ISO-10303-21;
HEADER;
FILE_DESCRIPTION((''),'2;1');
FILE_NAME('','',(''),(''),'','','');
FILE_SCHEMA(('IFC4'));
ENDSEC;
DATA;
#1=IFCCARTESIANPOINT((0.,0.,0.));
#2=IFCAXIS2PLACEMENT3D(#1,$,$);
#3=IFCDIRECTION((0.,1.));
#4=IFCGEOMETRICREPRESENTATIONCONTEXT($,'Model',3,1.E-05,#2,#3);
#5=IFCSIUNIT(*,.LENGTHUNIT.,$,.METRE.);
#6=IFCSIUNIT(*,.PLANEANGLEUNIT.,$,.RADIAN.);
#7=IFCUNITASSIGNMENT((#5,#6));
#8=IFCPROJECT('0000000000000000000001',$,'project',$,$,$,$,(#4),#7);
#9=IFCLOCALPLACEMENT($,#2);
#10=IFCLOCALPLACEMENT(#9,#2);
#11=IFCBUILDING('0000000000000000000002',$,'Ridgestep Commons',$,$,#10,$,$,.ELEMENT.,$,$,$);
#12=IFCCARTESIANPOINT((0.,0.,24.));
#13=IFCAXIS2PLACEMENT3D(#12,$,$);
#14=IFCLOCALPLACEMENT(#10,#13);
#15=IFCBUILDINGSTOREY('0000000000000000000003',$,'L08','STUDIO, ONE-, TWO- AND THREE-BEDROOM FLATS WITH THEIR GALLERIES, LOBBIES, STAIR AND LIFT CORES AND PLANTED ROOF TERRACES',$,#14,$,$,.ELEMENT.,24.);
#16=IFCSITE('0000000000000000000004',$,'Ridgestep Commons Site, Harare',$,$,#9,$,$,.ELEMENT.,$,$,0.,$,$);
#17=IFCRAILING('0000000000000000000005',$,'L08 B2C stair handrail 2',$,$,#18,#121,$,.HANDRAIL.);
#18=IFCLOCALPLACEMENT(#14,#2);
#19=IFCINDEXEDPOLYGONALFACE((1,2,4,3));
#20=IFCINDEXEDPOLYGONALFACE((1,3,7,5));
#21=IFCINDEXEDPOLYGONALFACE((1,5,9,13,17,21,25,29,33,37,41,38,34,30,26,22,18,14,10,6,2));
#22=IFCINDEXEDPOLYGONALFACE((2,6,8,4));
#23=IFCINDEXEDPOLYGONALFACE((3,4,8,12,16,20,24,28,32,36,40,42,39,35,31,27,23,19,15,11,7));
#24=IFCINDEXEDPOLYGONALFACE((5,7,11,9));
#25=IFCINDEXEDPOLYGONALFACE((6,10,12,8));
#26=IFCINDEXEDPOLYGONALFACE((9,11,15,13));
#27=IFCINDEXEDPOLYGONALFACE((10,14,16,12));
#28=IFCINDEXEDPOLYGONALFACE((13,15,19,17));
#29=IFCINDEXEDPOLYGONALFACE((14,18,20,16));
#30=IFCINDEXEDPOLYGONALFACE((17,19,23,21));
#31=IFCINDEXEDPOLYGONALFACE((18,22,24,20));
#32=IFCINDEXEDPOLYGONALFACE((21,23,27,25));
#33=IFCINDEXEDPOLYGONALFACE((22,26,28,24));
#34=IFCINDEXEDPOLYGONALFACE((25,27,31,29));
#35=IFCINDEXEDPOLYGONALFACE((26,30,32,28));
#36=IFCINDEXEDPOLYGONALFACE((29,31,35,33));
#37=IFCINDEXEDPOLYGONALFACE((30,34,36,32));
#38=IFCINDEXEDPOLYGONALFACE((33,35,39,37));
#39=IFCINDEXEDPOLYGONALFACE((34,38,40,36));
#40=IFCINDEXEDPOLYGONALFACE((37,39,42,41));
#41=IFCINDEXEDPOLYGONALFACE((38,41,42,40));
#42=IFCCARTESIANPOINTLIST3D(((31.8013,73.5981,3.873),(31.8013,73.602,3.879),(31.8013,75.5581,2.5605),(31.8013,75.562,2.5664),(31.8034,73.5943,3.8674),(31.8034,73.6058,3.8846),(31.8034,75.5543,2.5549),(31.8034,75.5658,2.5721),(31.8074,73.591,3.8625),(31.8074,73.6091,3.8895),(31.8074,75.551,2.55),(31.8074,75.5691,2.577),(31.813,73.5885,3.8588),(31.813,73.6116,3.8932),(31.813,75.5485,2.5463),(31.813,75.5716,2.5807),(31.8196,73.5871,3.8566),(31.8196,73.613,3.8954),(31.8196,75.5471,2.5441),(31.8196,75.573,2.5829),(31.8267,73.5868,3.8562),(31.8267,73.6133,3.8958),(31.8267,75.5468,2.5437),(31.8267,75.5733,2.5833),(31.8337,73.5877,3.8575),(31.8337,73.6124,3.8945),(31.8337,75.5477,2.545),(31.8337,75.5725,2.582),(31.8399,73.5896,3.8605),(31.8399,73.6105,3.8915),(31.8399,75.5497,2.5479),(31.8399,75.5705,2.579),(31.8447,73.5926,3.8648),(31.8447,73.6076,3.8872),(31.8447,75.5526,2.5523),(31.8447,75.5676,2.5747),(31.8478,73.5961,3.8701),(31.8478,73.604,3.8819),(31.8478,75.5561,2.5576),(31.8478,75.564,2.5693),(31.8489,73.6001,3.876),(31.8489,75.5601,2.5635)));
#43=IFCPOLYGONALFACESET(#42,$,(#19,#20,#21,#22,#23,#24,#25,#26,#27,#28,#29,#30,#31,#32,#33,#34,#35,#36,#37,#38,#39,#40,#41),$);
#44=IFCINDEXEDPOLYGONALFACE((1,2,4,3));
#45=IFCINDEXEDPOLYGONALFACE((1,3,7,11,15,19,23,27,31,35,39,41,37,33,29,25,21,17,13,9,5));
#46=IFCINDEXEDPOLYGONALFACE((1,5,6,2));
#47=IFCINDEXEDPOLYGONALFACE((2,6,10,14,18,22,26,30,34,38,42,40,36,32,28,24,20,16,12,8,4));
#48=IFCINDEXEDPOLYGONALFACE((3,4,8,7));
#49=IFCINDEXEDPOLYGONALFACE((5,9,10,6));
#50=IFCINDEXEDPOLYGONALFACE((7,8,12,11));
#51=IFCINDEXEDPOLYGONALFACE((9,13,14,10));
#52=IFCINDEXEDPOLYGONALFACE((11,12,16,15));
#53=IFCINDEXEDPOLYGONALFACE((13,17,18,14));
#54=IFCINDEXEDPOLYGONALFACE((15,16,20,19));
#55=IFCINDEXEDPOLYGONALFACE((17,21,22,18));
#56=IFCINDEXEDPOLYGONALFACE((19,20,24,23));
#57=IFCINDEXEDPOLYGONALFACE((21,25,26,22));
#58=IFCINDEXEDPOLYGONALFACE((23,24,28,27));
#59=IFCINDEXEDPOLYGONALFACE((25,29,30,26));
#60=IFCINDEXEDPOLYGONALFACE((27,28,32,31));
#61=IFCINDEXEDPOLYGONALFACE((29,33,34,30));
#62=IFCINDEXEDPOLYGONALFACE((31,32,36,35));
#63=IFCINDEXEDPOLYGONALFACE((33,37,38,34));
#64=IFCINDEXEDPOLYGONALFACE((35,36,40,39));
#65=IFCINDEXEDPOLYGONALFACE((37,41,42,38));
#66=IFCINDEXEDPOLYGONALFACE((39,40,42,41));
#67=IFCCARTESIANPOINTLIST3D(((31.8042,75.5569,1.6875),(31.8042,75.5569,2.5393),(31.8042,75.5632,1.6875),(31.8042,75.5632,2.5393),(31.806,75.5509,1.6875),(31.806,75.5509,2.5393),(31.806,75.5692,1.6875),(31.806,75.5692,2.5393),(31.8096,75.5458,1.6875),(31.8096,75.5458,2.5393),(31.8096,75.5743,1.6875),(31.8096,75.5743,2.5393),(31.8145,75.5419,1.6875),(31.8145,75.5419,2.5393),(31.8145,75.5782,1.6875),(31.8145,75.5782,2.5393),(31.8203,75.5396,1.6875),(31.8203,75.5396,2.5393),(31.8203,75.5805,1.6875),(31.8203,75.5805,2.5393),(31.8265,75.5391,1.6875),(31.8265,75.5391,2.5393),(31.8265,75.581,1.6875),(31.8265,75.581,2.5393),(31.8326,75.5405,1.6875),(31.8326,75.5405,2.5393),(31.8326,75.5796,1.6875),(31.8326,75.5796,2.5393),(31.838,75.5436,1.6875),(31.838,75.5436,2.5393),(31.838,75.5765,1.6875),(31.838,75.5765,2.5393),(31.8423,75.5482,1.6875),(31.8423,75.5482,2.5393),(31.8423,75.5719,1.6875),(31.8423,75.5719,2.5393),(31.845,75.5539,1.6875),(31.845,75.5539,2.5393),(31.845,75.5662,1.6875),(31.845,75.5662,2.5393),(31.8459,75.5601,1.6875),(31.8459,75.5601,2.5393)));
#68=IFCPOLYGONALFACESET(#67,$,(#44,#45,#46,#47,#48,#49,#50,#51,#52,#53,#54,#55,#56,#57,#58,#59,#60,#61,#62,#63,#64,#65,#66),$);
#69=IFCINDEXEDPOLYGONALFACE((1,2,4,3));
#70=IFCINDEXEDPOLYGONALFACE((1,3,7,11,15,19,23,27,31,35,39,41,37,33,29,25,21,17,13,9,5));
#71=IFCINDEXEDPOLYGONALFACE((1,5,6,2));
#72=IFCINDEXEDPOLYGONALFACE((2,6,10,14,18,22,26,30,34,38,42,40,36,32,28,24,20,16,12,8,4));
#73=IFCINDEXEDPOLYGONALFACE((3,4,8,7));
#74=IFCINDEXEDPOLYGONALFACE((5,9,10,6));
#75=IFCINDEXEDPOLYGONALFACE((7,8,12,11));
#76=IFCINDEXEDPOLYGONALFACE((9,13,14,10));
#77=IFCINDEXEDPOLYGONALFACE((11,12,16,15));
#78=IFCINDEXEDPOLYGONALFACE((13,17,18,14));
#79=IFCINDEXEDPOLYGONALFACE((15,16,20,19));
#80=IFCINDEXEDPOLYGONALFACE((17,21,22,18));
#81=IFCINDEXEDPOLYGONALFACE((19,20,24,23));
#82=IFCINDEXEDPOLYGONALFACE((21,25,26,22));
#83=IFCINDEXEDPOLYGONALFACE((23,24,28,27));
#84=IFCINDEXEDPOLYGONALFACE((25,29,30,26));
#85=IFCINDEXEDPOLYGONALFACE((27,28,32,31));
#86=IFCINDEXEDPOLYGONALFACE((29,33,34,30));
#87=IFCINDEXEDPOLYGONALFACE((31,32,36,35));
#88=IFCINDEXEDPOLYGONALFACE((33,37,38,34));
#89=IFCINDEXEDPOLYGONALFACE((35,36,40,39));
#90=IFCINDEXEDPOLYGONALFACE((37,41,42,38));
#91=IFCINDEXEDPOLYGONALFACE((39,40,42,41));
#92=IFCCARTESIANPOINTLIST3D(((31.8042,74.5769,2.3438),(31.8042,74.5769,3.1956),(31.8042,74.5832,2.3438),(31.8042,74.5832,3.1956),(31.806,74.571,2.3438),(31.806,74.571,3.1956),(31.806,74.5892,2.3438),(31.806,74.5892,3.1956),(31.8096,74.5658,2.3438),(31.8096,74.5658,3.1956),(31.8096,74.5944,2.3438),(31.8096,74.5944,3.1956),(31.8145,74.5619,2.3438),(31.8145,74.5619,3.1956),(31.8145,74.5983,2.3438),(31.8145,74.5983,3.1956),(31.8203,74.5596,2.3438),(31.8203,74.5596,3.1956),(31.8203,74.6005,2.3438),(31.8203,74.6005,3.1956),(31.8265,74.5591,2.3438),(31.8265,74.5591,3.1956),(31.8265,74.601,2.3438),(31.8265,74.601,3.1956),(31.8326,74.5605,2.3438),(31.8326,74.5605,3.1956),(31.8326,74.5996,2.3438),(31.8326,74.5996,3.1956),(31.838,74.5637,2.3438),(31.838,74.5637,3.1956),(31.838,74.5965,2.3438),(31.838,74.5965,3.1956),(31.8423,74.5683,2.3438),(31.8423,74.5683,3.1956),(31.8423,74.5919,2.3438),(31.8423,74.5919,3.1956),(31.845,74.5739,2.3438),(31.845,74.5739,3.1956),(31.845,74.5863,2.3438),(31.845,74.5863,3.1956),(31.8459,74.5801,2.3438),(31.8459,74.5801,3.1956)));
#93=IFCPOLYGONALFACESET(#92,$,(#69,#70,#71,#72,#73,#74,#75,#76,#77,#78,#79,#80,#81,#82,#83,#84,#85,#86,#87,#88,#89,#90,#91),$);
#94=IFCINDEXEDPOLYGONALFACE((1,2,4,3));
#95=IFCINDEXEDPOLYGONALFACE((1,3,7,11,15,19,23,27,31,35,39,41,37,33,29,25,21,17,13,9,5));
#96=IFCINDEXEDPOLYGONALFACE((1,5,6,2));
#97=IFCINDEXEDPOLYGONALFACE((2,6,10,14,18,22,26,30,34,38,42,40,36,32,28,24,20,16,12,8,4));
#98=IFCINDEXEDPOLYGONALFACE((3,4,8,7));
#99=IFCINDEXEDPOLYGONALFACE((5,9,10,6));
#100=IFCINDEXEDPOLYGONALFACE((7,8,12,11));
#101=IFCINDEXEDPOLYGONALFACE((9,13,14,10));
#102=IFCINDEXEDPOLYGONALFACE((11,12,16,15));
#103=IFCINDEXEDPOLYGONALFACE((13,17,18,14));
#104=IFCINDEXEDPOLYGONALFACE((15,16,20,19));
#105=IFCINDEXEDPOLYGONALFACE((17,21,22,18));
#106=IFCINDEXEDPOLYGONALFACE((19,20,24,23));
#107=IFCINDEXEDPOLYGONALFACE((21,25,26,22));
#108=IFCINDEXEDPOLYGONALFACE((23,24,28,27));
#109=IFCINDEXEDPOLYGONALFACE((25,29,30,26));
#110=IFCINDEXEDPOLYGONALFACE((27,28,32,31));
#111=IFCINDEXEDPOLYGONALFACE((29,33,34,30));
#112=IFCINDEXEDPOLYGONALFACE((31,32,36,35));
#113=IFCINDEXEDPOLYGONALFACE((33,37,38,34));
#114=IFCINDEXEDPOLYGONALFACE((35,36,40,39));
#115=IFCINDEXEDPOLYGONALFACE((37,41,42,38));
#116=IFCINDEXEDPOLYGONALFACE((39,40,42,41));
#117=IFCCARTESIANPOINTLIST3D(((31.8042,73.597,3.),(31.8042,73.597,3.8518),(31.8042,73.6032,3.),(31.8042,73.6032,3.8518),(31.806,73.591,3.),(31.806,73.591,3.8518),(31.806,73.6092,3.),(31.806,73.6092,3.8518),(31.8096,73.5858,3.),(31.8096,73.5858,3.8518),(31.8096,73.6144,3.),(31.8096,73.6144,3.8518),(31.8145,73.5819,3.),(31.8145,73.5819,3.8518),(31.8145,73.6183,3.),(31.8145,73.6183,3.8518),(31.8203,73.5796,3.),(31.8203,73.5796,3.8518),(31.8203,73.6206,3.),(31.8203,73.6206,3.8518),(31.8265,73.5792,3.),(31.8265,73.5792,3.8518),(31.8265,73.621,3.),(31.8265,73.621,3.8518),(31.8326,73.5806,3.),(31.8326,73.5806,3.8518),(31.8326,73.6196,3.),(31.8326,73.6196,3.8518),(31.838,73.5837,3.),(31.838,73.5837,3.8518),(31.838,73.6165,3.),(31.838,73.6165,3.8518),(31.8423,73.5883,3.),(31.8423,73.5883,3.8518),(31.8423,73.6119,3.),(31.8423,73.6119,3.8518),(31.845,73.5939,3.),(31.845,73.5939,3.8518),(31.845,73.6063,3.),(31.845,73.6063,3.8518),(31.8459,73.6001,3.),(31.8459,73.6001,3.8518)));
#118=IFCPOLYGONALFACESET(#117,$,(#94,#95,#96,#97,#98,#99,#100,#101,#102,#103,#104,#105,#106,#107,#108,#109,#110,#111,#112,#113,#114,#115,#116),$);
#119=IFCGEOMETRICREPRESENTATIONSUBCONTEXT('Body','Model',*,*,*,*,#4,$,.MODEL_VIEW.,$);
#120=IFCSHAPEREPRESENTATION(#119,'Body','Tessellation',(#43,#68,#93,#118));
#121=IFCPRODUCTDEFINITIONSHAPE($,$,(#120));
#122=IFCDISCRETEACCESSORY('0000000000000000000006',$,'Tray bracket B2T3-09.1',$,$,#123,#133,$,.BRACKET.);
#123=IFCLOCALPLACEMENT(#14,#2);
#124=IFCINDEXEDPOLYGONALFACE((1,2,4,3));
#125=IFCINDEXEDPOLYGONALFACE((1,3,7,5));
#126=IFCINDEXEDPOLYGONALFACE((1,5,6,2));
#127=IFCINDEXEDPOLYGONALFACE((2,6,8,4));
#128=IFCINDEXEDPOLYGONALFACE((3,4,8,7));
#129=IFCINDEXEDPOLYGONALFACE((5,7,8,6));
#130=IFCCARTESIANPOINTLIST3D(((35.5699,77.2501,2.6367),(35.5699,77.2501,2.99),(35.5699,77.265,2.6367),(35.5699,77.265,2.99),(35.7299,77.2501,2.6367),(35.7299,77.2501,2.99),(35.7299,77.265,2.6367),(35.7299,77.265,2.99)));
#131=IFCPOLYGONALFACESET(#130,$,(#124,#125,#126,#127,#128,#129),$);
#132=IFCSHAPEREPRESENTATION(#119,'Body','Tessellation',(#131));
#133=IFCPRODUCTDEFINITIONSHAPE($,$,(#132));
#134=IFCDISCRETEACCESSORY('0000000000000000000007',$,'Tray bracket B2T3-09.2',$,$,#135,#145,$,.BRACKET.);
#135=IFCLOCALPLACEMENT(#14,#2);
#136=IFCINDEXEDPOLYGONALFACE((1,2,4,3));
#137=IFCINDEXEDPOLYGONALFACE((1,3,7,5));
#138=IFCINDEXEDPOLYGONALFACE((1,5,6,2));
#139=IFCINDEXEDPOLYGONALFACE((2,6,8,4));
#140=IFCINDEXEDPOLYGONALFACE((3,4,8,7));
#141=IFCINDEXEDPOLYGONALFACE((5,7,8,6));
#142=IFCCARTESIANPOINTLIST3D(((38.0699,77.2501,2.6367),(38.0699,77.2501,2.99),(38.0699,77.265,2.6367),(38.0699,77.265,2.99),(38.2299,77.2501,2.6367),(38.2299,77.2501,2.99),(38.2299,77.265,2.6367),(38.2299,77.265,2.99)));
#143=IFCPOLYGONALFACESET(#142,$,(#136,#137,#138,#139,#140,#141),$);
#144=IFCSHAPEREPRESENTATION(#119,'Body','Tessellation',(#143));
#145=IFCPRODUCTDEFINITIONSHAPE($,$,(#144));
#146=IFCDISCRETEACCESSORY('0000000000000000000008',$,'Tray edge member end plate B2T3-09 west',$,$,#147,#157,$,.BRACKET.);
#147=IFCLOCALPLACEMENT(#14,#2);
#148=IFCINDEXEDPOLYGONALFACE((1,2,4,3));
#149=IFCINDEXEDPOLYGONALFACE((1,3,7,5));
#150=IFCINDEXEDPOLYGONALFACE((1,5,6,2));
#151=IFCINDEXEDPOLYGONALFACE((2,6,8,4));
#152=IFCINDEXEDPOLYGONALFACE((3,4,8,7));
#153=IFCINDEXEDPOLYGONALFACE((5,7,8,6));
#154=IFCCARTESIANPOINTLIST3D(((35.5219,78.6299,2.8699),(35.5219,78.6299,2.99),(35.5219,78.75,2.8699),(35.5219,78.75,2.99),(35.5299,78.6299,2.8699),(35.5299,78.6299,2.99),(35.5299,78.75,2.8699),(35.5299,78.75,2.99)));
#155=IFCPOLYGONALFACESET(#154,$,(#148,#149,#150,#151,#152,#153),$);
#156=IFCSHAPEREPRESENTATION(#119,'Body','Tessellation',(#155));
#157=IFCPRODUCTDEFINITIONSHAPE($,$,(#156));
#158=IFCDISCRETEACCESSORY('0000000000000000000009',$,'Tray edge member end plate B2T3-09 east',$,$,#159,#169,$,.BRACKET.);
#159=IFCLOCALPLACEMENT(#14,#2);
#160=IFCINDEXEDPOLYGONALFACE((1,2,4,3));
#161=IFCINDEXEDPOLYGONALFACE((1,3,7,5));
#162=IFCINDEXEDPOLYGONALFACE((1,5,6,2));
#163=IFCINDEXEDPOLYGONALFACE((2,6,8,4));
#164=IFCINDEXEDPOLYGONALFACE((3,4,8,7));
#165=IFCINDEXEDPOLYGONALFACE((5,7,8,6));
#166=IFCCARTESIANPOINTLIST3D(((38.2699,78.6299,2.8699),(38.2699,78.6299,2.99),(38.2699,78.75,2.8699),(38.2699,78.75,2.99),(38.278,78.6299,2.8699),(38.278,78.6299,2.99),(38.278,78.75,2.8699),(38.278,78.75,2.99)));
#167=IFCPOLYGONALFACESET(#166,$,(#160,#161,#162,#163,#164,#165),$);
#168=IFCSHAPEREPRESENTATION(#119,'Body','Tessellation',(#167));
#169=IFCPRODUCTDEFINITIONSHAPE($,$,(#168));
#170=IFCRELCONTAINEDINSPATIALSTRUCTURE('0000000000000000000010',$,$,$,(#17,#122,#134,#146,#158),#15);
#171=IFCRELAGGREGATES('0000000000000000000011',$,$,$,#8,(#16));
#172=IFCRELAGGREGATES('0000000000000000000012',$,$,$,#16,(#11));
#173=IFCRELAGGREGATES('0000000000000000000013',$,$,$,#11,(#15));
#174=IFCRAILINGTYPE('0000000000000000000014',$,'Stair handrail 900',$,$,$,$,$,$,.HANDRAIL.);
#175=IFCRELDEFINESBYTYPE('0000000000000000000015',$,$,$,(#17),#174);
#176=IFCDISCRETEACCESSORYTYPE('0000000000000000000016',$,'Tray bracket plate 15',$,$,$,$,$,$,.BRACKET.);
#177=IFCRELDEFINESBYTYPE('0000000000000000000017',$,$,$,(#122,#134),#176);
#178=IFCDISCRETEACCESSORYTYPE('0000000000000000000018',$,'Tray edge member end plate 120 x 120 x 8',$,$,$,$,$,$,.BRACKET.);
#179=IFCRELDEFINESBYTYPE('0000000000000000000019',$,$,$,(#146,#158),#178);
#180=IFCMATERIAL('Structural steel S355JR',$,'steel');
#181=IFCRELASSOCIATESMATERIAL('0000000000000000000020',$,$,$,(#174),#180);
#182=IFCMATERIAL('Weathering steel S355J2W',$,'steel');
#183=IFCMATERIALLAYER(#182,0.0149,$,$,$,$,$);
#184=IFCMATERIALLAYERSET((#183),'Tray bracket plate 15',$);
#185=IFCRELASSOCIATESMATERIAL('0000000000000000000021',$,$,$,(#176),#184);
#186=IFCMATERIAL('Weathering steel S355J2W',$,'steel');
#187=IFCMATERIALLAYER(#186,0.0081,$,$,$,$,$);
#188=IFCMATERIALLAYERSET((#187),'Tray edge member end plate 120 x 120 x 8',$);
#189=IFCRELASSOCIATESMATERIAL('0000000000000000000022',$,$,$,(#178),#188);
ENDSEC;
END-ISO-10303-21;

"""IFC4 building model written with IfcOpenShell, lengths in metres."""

from ifc_helpers import new_model, si_unit, direction, frame, origin, origin_2d, place, context, subcontext, project, spatial, rectangle, circle, extrude, material, layer, layer_set, type_object, element, save


model = new_model("IFC4")

# Units and contexts
model_context = context("Model", 3, precision=1e-05, world=origin(), true_north=direction((0.0, 1.0)))
body_context = subcontext(model_context, "Body", "Model", "MODEL_VIEW")
ifc_project = project(units=[si_unit("LENGTHUNIT", "METRE"), si_unit("PLANEANGLEUNIT", "RADIAN")], contexts=[model_context])

# Site, building, storey
site_placement = place(None, origin())
site = spatial("IfcSite", under=ifc_project, at=site_placement, Name="Ridgestep Commons Site, Harare", CompositionType="ELEMENT", RefElevation=0.0)
building_placement = place(site_placement, origin())
building = spatial("IfcBuilding", under=site, at=building_placement, Name="Ridgestep Commons", CompositionType="ELEMENT")
storey_placement = place(building_placement, frame((0.0, 0.0, 24.0)))
storey = spatial("IfcBuildingStorey", under=building, at=storey_placement, Name="L08", Description="STUDIO, ONE-, TWO- AND THREE-BEDROOM FLATS WITH THEIR GALLERIES, LOBBIES, STAIR AND LIFT CORES AND PLANTED ROOF TERRACES", CompositionType="ELEMENT", Elevation=24.0)

# Railing
ifc_material_1 = material(Name="Structural steel S355JR", Category="steel")
railing_type_1 = type_object("IfcRailingType", Name="Stair handrail 900", PredefinedType="HANDRAIL", material=ifc_material_1)
railing_1_placement = place(storey_placement, frame((31.825, 75.5601, 1.6875)))
element("IfcRailing", 1, at=railing_1_placement, inside=storey, type_object=railing_type_1, Name="L08 B2C stair handrail 2", PredefinedType="HANDRAIL", context=body_context, shape_type="SweptSolid", body=[
    extrude(circle(Radius=0.0239, at=origin_2d()), frame((0.0, 0.0, 0.876), z_axis=(0.0, -0.830902, 0.556419), x_axis=(1.0, 0.0, 0.0)), (0.0, 0.0, 1.0), 2.3589),
    extrude(circle(Radius=0.021, at=origin_2d()), origin(), (0.0, 0.0, 1.0), 0.8518),
    extrude(circle(Radius=0.021, at=origin_2d()), frame((0.0, -0.98, 0.6562)), (0.0, 0.0, 1.0), 0.8518),
    extrude(circle(Radius=0.021, at=origin_2d()), frame((0.0, -1.96, 1.3125)), (0.0, 0.0, 1.0), 0.8518),
])

# Discrete accessories
ifc_material_2 = material(Name="Weathering steel S355J2W", Category="steel")
ifc_layer_1 = layer(ifc_material_2, 0.0149)
ifc_layer_set_1 = layer_set([ifc_layer_1], Name="Tray bracket plate 15")
discrete_accessory_type_1 = type_object("IfcDiscreteAccessoryType", Name="Tray bracket plate 15", PredefinedType="BRACKET", material=ifc_layer_set_1)
for number, where, z_axis, x_axis, name in (
    (2, (35.6499, 77.2576, 2.6367), (0.0, 0.0, 1.0), (1.0, 0.0, 0.0), "Tray bracket B2T3-09.1"),
    (3, (38.1499, 77.2576, 2.6367), (0.0, 0.0, 1.0), (1.0, 0.0, 0.0), "Tray bracket B2T3-09.2"),
):
    element("IfcDiscreteAccessory", number, at=place(storey_placement, frame(where, z_axis=z_axis, x_axis=x_axis)), inside=storey, type_object=discrete_accessory_type_1, Name=name, PredefinedType="BRACKET", context=body_context, shape_type="SweptSolid", body=[
        extrude(rectangle(XDim=0.1599, YDim=0.0149, at=origin_2d()), origin(), (0.0, 0.0, 1.0), 0.3533),
    ])
ifc_material_3 = material(Name="Weathering steel S355J2W", Category="steel")
ifc_layer_2 = layer(ifc_material_3, 0.0081)
ifc_layer_set_2 = layer_set([ifc_layer_2], Name="Tray edge member end plate 120 x 120 x 8")
discrete_accessory_type_2 = type_object("IfcDiscreteAccessoryType", Name="Tray edge member end plate 120 x 120 x 8", PredefinedType="BRACKET", material=ifc_layer_set_2)
for number, where, z_axis, x_axis, name in (
    (4, (35.5259, 78.6899, 2.8699), (0.0, 0.0, 1.0), (1.0, 0.0, 0.0), "Tray edge member end plate B2T3-09 west"),
    (5, (38.2739, 78.6899, 2.8699), (0.0, 0.0, 1.0), (1.0, 0.0, 0.0), "Tray edge member end plate B2T3-09 east"),
):
    element("IfcDiscreteAccessory", number, at=place(storey_placement, frame(where, z_axis=z_axis, x_axis=x_axis)), inside=storey, type_object=discrete_accessory_type_2, Name=name, PredefinedType="BRACKET", context=body_context, shape_type="SweptSolid", body=[
        extrude(rectangle(XDim=0.0081, YDim=0.1201, at=origin_2d()), origin(), (0.0, 0.0, 1.0), 0.1201),
    ])

save(model, "model.ifc")
